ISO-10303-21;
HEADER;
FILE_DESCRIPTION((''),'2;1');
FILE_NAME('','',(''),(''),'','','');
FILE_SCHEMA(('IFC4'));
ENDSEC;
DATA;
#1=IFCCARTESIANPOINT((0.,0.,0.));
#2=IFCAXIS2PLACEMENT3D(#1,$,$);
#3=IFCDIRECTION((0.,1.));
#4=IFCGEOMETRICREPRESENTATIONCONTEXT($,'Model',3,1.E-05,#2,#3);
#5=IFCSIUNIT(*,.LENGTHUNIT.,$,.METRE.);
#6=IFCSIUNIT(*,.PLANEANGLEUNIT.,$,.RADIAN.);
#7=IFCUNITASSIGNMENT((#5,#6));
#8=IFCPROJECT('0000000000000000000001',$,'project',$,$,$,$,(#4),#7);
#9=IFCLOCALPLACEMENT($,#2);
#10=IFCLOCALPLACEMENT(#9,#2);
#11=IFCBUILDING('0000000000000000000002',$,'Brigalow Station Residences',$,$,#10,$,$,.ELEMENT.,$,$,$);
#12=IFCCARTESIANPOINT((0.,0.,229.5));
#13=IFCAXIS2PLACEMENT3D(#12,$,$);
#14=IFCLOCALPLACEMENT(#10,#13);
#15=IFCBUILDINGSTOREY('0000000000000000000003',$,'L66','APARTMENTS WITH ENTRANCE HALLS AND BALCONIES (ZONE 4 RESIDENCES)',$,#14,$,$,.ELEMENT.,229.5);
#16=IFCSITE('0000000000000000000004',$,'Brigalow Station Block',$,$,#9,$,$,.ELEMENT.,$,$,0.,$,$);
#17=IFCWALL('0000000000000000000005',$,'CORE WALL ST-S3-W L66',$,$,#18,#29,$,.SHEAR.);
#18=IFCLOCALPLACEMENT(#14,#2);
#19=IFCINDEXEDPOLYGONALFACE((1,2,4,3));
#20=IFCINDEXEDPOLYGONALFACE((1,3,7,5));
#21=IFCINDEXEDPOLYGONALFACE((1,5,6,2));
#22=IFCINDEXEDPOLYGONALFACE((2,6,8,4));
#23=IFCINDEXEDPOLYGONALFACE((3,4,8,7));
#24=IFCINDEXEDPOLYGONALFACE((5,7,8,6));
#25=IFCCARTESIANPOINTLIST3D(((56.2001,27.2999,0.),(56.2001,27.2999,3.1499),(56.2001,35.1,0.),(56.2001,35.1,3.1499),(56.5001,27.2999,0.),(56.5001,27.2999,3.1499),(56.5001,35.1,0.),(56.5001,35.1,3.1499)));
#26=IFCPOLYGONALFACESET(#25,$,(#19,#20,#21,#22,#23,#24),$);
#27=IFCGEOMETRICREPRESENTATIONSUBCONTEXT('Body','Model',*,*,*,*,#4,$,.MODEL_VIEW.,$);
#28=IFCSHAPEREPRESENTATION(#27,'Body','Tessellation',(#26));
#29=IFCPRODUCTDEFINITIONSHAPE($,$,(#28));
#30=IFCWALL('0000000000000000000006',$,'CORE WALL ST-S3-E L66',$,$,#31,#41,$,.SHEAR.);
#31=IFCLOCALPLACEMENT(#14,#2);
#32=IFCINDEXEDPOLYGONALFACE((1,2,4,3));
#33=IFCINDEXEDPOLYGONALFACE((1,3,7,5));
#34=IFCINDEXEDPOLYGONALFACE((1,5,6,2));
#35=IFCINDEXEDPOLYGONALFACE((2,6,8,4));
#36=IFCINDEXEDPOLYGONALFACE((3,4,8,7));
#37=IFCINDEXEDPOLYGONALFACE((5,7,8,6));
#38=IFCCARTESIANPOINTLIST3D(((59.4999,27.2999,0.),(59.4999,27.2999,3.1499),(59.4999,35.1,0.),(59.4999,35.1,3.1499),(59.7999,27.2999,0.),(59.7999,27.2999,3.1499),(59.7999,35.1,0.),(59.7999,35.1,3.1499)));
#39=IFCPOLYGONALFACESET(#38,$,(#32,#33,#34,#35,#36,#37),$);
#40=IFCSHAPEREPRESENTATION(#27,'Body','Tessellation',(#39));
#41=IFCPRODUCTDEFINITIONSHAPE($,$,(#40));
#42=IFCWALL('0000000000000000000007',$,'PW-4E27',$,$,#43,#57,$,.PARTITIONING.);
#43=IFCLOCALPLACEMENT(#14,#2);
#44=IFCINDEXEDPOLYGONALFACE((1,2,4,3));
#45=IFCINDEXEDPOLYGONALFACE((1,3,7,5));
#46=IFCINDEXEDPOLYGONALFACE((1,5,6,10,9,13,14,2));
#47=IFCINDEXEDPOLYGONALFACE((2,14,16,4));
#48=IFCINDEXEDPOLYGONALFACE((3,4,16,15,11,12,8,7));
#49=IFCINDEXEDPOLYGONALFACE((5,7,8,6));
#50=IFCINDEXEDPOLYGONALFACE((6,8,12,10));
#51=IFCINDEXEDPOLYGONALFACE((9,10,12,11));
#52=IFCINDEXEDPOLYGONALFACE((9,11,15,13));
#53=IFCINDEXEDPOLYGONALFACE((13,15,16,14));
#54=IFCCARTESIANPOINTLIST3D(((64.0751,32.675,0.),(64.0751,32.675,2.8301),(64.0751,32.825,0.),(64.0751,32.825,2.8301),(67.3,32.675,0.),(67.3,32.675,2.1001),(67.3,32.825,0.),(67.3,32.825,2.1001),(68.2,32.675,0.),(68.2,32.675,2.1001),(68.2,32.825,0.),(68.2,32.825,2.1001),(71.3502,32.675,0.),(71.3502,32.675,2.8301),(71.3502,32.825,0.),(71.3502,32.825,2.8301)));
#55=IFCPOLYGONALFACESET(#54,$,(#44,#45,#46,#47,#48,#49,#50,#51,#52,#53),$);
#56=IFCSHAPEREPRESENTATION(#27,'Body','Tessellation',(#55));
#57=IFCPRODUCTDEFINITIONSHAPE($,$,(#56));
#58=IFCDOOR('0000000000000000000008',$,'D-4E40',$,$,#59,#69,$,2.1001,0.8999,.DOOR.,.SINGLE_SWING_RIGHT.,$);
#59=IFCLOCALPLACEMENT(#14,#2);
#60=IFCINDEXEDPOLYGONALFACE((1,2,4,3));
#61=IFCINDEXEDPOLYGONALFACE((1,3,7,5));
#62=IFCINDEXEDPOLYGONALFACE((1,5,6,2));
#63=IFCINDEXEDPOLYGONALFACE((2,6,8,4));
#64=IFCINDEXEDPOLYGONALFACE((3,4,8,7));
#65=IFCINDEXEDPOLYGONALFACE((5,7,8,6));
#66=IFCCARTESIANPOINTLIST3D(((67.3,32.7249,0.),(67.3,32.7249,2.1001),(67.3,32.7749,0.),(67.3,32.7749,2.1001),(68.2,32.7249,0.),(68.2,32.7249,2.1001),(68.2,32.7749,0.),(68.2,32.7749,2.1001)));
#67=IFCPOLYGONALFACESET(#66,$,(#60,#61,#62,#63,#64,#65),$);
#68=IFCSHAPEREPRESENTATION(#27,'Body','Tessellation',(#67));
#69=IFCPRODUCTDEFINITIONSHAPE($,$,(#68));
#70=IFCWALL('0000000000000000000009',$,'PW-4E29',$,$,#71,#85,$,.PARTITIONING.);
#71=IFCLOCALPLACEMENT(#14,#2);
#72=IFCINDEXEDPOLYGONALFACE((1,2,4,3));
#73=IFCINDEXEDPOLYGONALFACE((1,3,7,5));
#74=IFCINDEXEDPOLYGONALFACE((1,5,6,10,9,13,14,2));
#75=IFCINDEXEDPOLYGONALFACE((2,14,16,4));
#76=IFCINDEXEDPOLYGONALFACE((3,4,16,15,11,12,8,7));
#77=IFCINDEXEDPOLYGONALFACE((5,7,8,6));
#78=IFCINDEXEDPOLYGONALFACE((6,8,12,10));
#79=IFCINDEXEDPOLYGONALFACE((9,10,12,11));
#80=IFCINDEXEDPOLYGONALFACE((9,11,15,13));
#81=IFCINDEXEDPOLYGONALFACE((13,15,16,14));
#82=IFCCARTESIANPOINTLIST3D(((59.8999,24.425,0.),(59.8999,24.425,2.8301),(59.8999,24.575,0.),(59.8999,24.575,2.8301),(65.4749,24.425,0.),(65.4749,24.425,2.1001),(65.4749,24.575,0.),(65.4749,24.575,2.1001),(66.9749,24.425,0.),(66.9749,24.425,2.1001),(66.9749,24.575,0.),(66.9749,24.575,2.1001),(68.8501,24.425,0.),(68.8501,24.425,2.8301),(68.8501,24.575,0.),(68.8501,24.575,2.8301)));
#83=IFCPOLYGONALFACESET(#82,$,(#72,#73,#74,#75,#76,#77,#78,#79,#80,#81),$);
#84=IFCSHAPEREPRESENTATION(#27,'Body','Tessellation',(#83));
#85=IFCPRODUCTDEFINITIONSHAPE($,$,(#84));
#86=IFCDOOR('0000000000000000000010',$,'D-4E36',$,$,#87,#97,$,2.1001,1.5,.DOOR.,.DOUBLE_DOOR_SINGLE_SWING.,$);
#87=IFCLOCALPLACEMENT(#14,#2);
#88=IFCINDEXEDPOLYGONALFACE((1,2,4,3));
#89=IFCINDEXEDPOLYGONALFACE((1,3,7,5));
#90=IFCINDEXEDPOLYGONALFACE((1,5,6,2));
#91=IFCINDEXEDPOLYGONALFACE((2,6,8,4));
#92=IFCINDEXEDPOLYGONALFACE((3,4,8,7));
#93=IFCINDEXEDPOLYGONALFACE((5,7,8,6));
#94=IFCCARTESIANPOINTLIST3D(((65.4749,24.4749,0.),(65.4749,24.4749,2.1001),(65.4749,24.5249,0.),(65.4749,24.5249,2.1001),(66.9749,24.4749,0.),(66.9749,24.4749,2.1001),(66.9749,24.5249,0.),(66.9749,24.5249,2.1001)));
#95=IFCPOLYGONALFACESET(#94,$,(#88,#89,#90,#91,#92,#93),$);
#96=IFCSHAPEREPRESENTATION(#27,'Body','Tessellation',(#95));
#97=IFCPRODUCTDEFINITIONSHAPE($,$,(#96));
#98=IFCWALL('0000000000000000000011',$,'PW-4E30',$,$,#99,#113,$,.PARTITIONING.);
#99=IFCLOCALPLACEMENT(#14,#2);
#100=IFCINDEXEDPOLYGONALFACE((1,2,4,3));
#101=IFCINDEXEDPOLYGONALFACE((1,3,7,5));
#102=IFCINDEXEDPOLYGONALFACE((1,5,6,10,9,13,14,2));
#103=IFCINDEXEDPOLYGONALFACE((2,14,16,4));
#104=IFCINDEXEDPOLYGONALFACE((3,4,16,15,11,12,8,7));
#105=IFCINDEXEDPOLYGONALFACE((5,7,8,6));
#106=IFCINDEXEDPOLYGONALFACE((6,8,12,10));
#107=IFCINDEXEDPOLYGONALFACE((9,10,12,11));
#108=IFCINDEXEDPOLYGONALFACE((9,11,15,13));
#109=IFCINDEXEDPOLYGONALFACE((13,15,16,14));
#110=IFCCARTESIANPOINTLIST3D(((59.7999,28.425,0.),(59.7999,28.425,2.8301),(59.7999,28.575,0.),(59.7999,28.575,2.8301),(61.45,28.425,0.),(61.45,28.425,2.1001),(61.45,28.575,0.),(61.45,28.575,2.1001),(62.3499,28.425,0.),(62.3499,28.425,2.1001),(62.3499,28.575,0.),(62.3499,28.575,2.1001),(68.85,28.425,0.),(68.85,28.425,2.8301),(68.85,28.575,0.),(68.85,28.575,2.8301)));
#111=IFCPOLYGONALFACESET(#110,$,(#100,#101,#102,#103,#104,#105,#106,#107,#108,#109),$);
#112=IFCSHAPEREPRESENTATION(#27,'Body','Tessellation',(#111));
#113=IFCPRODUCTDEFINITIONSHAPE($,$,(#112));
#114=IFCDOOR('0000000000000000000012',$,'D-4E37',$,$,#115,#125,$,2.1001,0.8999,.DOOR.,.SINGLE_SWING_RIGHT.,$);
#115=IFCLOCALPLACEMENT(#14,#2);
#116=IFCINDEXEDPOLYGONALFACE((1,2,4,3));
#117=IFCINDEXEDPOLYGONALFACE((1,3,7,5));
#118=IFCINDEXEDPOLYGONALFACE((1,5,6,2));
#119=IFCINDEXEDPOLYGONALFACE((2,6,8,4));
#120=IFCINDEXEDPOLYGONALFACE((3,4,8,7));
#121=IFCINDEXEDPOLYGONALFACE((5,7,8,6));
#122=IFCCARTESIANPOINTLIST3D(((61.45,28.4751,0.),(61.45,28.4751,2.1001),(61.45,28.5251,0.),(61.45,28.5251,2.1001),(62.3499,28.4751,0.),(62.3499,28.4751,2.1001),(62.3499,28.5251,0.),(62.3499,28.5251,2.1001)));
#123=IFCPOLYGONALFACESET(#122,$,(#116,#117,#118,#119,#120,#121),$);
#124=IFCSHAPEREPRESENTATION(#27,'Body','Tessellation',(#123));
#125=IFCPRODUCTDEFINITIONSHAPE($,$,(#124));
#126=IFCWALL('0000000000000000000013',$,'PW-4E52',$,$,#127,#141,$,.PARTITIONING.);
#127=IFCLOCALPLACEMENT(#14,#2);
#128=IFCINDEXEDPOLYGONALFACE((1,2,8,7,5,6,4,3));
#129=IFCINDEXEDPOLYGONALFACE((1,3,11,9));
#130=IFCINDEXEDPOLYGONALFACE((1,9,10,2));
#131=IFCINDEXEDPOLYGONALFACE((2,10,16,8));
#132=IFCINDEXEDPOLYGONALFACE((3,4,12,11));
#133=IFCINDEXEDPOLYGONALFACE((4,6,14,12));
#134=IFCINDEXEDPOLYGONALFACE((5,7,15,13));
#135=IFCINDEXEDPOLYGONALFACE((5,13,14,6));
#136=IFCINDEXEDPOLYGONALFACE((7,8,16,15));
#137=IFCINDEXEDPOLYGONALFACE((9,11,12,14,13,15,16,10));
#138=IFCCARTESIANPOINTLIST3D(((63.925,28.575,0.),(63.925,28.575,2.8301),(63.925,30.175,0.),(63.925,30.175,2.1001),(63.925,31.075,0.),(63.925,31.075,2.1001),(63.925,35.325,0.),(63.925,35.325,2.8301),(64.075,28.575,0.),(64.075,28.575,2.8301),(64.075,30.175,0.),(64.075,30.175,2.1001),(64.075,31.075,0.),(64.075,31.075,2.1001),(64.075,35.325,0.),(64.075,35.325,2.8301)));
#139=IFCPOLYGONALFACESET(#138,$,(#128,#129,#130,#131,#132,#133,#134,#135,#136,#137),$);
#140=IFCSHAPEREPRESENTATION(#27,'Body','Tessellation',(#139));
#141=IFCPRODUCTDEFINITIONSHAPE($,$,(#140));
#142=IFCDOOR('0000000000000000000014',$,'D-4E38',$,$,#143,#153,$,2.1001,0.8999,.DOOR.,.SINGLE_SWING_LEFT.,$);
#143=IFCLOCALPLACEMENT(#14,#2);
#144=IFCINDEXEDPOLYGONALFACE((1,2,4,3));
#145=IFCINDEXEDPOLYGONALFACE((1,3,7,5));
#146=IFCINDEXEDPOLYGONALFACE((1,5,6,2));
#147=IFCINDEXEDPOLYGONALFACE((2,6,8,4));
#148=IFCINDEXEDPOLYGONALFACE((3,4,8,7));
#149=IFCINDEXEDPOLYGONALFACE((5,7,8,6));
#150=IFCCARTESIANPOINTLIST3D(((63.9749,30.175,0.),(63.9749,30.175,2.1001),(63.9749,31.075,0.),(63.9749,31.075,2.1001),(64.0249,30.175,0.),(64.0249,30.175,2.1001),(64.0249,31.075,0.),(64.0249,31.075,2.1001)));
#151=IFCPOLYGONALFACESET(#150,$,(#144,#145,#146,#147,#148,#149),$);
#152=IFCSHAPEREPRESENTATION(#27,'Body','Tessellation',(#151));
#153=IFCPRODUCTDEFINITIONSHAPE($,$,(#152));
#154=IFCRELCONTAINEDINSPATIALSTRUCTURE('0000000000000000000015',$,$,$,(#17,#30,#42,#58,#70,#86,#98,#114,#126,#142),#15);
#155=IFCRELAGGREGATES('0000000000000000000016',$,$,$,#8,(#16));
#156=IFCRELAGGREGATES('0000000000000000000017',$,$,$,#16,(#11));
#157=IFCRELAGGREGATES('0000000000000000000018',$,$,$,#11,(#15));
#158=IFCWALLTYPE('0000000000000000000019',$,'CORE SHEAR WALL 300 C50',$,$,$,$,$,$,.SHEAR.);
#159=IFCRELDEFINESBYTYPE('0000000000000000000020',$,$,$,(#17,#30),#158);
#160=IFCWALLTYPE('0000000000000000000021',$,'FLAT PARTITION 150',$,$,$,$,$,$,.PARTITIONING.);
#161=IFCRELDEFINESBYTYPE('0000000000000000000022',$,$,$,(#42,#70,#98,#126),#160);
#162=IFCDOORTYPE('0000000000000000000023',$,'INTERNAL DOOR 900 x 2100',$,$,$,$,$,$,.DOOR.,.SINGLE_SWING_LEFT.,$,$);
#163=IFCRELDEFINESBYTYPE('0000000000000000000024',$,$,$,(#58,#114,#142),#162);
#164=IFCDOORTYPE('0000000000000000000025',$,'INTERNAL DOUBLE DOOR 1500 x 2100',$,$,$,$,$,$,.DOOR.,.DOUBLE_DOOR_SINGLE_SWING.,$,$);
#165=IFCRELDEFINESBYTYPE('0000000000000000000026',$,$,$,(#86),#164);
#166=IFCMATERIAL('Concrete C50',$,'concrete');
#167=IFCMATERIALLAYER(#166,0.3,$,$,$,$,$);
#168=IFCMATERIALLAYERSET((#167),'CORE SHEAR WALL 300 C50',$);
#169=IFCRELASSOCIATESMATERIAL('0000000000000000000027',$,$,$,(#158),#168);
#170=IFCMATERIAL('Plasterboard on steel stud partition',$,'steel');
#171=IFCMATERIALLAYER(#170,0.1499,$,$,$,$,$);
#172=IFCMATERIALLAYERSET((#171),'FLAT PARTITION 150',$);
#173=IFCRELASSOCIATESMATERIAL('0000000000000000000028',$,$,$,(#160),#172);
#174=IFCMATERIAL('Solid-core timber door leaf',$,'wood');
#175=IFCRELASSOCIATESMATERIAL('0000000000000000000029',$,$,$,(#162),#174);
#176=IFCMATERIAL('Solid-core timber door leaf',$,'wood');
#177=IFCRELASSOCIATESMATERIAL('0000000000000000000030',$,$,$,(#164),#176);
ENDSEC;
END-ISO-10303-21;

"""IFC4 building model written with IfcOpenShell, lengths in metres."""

from ifc_helpers import new_model, si_unit, direction, frame, frame_2d, origin, place, context, subcontext, project, spatial, rectangle, extrude, material, layer, layer_set, type_object, element, fill, save


model = new_model("IFC4")

# Units and contexts
model_context = context("Model", 3, precision=1e-05, world=origin(), true_north=direction((0.0, 1.0)))
body_context = subcontext(model_context, "Body", "Model", "MODEL_VIEW")
ifc_project = project(units=[si_unit("LENGTHUNIT", "METRE"), si_unit("PLANEANGLEUNIT", "RADIAN")], contexts=[model_context])

# Site, building, storey
site_placement = place(None, origin())
site = spatial("IfcSite", under=ifc_project, at=site_placement, Name="Brigalow Station Block", CompositionType="ELEMENT", RefElevation=0.0)
building_placement = place(site_placement, origin())
building = spatial("IfcBuilding", under=site, at=building_placement, Name="Brigalow Station Residences", CompositionType="ELEMENT")
storey_placement = place(building_placement, frame((0.0, 0.0, 229.5)))
storey = spatial("IfcBuildingStorey", under=building, at=storey_placement, Name="L66", Description="APARTMENTS WITH ENTRANCE HALLS AND BALCONIES (ZONE 4 RESIDENCES)", CompositionType="ELEMENT", Elevation=229.5)

# Walls
ifc_material_1 = material(Name="Concrete C50", Category="concrete")
ifc_layer_1 = layer(ifc_material_1, 0.3)
ifc_layer_set_1 = layer_set([ifc_layer_1], Name="CORE SHEAR WALL 300 C50")
wall_type_1 = type_object("IfcWallType", Name="CORE SHEAR WALL 300 C50", PredefinedType="SHEAR", material=ifc_layer_set_1)
for number, where, z_axis, x_axis, name in (
    (1, (56.3501, 27.3, 0.0), (0.0, 0.0, 1.0), (0.0, 1.0, 0.0), "CORE WALL ST-S3-W L66"),
    (2, (59.6499, 27.3, 0.0), (0.0, 0.0, 1.0), (0.0, 1.0, 0.0), "CORE WALL ST-S3-E L66"),
):
    element("IfcWall", number, at=place(storey_placement, frame(where, z_axis=z_axis, x_axis=x_axis)), inside=storey, type_object=wall_type_1, Name=name, PredefinedType="SHEAR", context=body_context, shape_type="SweptSolid", body=[
        extrude(rectangle(XDim=7.8, YDim=0.3, at=frame_2d((3.8999, 0.0))), origin(), (0.0, 0.0, 1.0), 3.1499),
    ])

# Walls, openings, doors
ifc_material_2 = material(Name="Plasterboard on steel stud partition", Category="steel")
ifc_layer_2 = layer(ifc_material_2, 0.1499)
ifc_layer_set_2 = layer_set([ifc_layer_2], Name="FLAT PARTITION 150")
wall_type_2 = type_object("IfcWallType", Name="FLAT PARTITION 150", PredefinedType="PARTITIONING", material=ifc_layer_set_2)
wall_1_placement = place(storey_placement, frame((64.075, 32.75, 0.0), z_axis=(0.0, 0.0, 1.0), x_axis=(1.0, 0.0, 0.0)))
wall_1 = element("IfcWall", 3, at=wall_1_placement, inside=storey, type_object=wall_type_2, Name="PW-4E27", PredefinedType="PARTITIONING", context=body_context, shape_type="SweptSolid", body=[
    extrude(rectangle(XDim=7.2751, YDim=0.1499, at=frame_2d((3.6377, 0.0))), origin(), (0.0, 0.0, 1.0), 2.8301),
])
opening_1_placement = place(wall_1_placement, frame((3.2251, 0.0, 0.0)))
opening_1 = element("IfcOpeningElement", 4, at=opening_1_placement, cuts=wall_1, PredefinedType="OPENING", context=body_context, shape_type="SweptSolid", body=[
    extrude(rectangle(XDim=0.8999, YDim=2.1001, at=frame_2d((0.45, 1.05))), frame((0.0, 0.085, 0.0), z_axis=(0.0, -1.0, 0.0), x_axis=(1.0, 0.0, 0.0)), (0.0, 0.0, 1.0), 0.1699),
])
ifc_material_3 = material(Name="Solid-core timber door leaf", Category="wood")
door_type_1 = type_object("IfcDoorType", Name="INTERNAL DOOR 900 x 2100", OperationType="SINGLE_SWING_LEFT", PredefinedType="DOOR", material=ifc_material_3)
door_1_placement = place(opening_1_placement, origin())
door_1 = element("IfcDoor", 5, at=door_1_placement, inside=storey, type_object=door_type_1, Name="D-4E40", OperationType="SINGLE_SWING_RIGHT", OverallHeight=2.1001, OverallWidth=0.8999, PredefinedType="DOOR", context=body_context, shape_type="SweptSolid", body=[
    extrude(rectangle(XDim=0.8999, YDim=2.1001, at=frame_2d((0.45, 1.05))), frame((0.0, 0.0249, 0.0), z_axis=(0.0, -1.0, 0.0), x_axis=(1.0, 0.0, 0.0)), (0.0, 0.0, 1.0), 0.05),
])
fill(opening_1, door_1)
wall_2_placement = place(storey_placement, frame((59.8999, 24.5, 0.0), z_axis=(0.0, 0.0, 1.0), x_axis=(1.0, 0.0, 0.0)))
wall_2 = element("IfcWall", 6, at=wall_2_placement, inside=storey, type_object=wall_type_2, Name="PW-4E29", PredefinedType="PARTITIONING", context=body_context, shape_type="SweptSolid", body=[
    extrude(rectangle(XDim=8.9502, YDim=0.1499, at=frame_2d((4.4751, 0.0))), origin(), (0.0, 0.0, 1.0), 2.8301),
])
opening_2_placement = place(wall_2_placement, frame((5.575, 0.0, 0.0)))
opening_2 = element("IfcOpeningElement", 7, at=opening_2_placement, cuts=wall_2, PredefinedType="OPENING", context=body_context, shape_type="SweptSolid", body=[
    extrude(rectangle(XDim=1.5, YDim=2.1001, at=frame_2d((0.75, 1.05))), frame((0.0, 0.085, 0.0), z_axis=(0.0, -1.0, 0.0), x_axis=(1.0, 0.0, 0.0)), (0.0, 0.0, 1.0), 0.1699),
])
ifc_material_4 = material(Name="Solid-core timber door leaf", Category="wood")
door_type_2 = type_object("IfcDoorType", Name="INTERNAL DOUBLE DOOR 1500 x 2100", OperationType="DOUBLE_DOOR_SINGLE_SWING", PredefinedType="DOOR", material=ifc_material_4)
door_2_placement = place(opening_2_placement, origin())
door_2 = element("IfcDoor", 8, at=door_2_placement, inside=storey, type_object=door_type_2, Name="D-4E36", OperationType="DOUBLE_DOOR_SINGLE_SWING", OverallHeight=2.1001, OverallWidth=1.5, PredefinedType="DOOR", context=body_context, shape_type="SweptSolid", body=[
    extrude(rectangle(XDim=1.5, YDim=2.1001, at=frame_2d((0.75, 1.05))), frame((0.0, 0.0249, 0.0), z_axis=(0.0, -1.0, 0.0), x_axis=(1.0, 0.0, 0.0)), (0.0, 0.0, 1.0), 0.05),
])
fill(opening_2, door_2)
wall_3_placement = place(storey_placement, frame((59.8, 28.5, 0.0), z_axis=(0.0, 0.0, 1.0), x_axis=(1.0, 0.0, 0.0)))
wall_3 = element("IfcWall", 9, at=wall_3_placement, inside=storey, type_object=wall_type_2, Name="PW-4E30", PredefinedType="PARTITIONING", context=body_context, shape_type="SweptSolid", body=[
    extrude(rectangle(XDim=9.05, YDim=0.1499, at=frame_2d((4.5249, 0.0))), origin(), (0.0, 0.0, 1.0), 2.8301),
])
opening_3_placement = place(wall_3_placement, frame((1.6499, 0.0, 0.0)))
opening_3 = element("IfcOpeningElement", 10, at=opening_3_placement, cuts=wall_3, PredefinedType="OPENING", context=body_context, shape_type="SweptSolid", body=[
    extrude(rectangle(XDim=0.8999, YDim=2.1001, at=frame_2d((0.45, 1.05))), frame((0.0, 0.085, 0.0), z_axis=(0.0, -1.0, 0.0), x_axis=(1.0, 0.0, 0.0)), (0.0, 0.0, 1.0), 0.1699),
])
door_3_placement = place(opening_3_placement, frame((0.8999, 0.0, 0.0), z_axis=(0.0, 0.0, 1.0), x_axis=(-1.0, 0.0, 0.0)))
door_3 = element("IfcDoor", 11, at=door_3_placement, inside=storey, type_object=door_type_1, Name="D-4E37", OperationType="SINGLE_SWING_RIGHT", OverallHeight=2.1001, OverallWidth=0.8999, PredefinedType="DOOR", context=body_context, shape_type="SweptSolid", body=[
    extrude(rectangle(XDim=0.8999, YDim=2.1001, at=frame_2d((0.45, 1.05))), frame((0.0, 0.0249, 0.0), z_axis=(0.0, -1.0, 0.0), x_axis=(1.0, 0.0, 0.0)), (0.0, 0.0, 1.0), 0.05),
])
fill(opening_3, door_3)
wall_4_placement = place(storey_placement, frame((64.0, 28.575, 0.0), z_axis=(0.0, 0.0, 1.0), x_axis=(0.0, 1.0, 0.0)))
wall_4 = element("IfcWall", 12, at=wall_4_placement, inside=storey, type_object=wall_type_2, Name="PW-4E52", PredefinedType="PARTITIONING", context=body_context, shape_type="SweptSolid", body=[
    extrude(rectangle(XDim=6.75, YDim=0.1499, at=frame_2d((3.375, 0.0))), origin(), (0.0, 0.0, 1.0), 2.8301),
])
opening_4_placement = place(wall_4_placement, frame((1.6001, 0.0, 0.0)))
opening_4 = element("IfcOpeningElement", 13, at=opening_4_placement, cuts=wall_4, PredefinedType="OPENING", context=body_context, shape_type="SweptSolid", body=[
    extrude(rectangle(XDim=0.8999, YDim=2.1001, at=frame_2d((0.45, 1.05))), frame((0.0, 0.085, 0.0), z_axis=(0.0, -1.0, 0.0), x_axis=(1.0, 0.0, 0.0)), (0.0, 0.0, 1.0), 0.1699),
])
door_4_placement = place(opening_4_placement, frame((0.8999, 0.0, 0.0), z_axis=(0.0, 0.0, 1.0), x_axis=(-1.0, 0.0, 0.0)))
door_4 = element("IfcDoor", 14, at=door_4_placement, inside=storey, type_object=door_type_1, Name="D-4E38", OperationType="SINGLE_SWING_LEFT", OverallHeight=2.1001, OverallWidth=0.8999, PredefinedType="DOOR", context=body_context, shape_type="SweptSolid", body=[
    extrude(rectangle(XDim=0.8999, YDim=2.1001, at=frame_2d((0.45, 1.05))), frame((0.0, 0.0249, 0.0), z_axis=(0.0, -1.0, 0.0), x_axis=(1.0, 0.0, 0.0)), (0.0, 0.0, 1.0), 0.05),
])
fill(opening_4, door_4)

save(model, "model.ifc")
